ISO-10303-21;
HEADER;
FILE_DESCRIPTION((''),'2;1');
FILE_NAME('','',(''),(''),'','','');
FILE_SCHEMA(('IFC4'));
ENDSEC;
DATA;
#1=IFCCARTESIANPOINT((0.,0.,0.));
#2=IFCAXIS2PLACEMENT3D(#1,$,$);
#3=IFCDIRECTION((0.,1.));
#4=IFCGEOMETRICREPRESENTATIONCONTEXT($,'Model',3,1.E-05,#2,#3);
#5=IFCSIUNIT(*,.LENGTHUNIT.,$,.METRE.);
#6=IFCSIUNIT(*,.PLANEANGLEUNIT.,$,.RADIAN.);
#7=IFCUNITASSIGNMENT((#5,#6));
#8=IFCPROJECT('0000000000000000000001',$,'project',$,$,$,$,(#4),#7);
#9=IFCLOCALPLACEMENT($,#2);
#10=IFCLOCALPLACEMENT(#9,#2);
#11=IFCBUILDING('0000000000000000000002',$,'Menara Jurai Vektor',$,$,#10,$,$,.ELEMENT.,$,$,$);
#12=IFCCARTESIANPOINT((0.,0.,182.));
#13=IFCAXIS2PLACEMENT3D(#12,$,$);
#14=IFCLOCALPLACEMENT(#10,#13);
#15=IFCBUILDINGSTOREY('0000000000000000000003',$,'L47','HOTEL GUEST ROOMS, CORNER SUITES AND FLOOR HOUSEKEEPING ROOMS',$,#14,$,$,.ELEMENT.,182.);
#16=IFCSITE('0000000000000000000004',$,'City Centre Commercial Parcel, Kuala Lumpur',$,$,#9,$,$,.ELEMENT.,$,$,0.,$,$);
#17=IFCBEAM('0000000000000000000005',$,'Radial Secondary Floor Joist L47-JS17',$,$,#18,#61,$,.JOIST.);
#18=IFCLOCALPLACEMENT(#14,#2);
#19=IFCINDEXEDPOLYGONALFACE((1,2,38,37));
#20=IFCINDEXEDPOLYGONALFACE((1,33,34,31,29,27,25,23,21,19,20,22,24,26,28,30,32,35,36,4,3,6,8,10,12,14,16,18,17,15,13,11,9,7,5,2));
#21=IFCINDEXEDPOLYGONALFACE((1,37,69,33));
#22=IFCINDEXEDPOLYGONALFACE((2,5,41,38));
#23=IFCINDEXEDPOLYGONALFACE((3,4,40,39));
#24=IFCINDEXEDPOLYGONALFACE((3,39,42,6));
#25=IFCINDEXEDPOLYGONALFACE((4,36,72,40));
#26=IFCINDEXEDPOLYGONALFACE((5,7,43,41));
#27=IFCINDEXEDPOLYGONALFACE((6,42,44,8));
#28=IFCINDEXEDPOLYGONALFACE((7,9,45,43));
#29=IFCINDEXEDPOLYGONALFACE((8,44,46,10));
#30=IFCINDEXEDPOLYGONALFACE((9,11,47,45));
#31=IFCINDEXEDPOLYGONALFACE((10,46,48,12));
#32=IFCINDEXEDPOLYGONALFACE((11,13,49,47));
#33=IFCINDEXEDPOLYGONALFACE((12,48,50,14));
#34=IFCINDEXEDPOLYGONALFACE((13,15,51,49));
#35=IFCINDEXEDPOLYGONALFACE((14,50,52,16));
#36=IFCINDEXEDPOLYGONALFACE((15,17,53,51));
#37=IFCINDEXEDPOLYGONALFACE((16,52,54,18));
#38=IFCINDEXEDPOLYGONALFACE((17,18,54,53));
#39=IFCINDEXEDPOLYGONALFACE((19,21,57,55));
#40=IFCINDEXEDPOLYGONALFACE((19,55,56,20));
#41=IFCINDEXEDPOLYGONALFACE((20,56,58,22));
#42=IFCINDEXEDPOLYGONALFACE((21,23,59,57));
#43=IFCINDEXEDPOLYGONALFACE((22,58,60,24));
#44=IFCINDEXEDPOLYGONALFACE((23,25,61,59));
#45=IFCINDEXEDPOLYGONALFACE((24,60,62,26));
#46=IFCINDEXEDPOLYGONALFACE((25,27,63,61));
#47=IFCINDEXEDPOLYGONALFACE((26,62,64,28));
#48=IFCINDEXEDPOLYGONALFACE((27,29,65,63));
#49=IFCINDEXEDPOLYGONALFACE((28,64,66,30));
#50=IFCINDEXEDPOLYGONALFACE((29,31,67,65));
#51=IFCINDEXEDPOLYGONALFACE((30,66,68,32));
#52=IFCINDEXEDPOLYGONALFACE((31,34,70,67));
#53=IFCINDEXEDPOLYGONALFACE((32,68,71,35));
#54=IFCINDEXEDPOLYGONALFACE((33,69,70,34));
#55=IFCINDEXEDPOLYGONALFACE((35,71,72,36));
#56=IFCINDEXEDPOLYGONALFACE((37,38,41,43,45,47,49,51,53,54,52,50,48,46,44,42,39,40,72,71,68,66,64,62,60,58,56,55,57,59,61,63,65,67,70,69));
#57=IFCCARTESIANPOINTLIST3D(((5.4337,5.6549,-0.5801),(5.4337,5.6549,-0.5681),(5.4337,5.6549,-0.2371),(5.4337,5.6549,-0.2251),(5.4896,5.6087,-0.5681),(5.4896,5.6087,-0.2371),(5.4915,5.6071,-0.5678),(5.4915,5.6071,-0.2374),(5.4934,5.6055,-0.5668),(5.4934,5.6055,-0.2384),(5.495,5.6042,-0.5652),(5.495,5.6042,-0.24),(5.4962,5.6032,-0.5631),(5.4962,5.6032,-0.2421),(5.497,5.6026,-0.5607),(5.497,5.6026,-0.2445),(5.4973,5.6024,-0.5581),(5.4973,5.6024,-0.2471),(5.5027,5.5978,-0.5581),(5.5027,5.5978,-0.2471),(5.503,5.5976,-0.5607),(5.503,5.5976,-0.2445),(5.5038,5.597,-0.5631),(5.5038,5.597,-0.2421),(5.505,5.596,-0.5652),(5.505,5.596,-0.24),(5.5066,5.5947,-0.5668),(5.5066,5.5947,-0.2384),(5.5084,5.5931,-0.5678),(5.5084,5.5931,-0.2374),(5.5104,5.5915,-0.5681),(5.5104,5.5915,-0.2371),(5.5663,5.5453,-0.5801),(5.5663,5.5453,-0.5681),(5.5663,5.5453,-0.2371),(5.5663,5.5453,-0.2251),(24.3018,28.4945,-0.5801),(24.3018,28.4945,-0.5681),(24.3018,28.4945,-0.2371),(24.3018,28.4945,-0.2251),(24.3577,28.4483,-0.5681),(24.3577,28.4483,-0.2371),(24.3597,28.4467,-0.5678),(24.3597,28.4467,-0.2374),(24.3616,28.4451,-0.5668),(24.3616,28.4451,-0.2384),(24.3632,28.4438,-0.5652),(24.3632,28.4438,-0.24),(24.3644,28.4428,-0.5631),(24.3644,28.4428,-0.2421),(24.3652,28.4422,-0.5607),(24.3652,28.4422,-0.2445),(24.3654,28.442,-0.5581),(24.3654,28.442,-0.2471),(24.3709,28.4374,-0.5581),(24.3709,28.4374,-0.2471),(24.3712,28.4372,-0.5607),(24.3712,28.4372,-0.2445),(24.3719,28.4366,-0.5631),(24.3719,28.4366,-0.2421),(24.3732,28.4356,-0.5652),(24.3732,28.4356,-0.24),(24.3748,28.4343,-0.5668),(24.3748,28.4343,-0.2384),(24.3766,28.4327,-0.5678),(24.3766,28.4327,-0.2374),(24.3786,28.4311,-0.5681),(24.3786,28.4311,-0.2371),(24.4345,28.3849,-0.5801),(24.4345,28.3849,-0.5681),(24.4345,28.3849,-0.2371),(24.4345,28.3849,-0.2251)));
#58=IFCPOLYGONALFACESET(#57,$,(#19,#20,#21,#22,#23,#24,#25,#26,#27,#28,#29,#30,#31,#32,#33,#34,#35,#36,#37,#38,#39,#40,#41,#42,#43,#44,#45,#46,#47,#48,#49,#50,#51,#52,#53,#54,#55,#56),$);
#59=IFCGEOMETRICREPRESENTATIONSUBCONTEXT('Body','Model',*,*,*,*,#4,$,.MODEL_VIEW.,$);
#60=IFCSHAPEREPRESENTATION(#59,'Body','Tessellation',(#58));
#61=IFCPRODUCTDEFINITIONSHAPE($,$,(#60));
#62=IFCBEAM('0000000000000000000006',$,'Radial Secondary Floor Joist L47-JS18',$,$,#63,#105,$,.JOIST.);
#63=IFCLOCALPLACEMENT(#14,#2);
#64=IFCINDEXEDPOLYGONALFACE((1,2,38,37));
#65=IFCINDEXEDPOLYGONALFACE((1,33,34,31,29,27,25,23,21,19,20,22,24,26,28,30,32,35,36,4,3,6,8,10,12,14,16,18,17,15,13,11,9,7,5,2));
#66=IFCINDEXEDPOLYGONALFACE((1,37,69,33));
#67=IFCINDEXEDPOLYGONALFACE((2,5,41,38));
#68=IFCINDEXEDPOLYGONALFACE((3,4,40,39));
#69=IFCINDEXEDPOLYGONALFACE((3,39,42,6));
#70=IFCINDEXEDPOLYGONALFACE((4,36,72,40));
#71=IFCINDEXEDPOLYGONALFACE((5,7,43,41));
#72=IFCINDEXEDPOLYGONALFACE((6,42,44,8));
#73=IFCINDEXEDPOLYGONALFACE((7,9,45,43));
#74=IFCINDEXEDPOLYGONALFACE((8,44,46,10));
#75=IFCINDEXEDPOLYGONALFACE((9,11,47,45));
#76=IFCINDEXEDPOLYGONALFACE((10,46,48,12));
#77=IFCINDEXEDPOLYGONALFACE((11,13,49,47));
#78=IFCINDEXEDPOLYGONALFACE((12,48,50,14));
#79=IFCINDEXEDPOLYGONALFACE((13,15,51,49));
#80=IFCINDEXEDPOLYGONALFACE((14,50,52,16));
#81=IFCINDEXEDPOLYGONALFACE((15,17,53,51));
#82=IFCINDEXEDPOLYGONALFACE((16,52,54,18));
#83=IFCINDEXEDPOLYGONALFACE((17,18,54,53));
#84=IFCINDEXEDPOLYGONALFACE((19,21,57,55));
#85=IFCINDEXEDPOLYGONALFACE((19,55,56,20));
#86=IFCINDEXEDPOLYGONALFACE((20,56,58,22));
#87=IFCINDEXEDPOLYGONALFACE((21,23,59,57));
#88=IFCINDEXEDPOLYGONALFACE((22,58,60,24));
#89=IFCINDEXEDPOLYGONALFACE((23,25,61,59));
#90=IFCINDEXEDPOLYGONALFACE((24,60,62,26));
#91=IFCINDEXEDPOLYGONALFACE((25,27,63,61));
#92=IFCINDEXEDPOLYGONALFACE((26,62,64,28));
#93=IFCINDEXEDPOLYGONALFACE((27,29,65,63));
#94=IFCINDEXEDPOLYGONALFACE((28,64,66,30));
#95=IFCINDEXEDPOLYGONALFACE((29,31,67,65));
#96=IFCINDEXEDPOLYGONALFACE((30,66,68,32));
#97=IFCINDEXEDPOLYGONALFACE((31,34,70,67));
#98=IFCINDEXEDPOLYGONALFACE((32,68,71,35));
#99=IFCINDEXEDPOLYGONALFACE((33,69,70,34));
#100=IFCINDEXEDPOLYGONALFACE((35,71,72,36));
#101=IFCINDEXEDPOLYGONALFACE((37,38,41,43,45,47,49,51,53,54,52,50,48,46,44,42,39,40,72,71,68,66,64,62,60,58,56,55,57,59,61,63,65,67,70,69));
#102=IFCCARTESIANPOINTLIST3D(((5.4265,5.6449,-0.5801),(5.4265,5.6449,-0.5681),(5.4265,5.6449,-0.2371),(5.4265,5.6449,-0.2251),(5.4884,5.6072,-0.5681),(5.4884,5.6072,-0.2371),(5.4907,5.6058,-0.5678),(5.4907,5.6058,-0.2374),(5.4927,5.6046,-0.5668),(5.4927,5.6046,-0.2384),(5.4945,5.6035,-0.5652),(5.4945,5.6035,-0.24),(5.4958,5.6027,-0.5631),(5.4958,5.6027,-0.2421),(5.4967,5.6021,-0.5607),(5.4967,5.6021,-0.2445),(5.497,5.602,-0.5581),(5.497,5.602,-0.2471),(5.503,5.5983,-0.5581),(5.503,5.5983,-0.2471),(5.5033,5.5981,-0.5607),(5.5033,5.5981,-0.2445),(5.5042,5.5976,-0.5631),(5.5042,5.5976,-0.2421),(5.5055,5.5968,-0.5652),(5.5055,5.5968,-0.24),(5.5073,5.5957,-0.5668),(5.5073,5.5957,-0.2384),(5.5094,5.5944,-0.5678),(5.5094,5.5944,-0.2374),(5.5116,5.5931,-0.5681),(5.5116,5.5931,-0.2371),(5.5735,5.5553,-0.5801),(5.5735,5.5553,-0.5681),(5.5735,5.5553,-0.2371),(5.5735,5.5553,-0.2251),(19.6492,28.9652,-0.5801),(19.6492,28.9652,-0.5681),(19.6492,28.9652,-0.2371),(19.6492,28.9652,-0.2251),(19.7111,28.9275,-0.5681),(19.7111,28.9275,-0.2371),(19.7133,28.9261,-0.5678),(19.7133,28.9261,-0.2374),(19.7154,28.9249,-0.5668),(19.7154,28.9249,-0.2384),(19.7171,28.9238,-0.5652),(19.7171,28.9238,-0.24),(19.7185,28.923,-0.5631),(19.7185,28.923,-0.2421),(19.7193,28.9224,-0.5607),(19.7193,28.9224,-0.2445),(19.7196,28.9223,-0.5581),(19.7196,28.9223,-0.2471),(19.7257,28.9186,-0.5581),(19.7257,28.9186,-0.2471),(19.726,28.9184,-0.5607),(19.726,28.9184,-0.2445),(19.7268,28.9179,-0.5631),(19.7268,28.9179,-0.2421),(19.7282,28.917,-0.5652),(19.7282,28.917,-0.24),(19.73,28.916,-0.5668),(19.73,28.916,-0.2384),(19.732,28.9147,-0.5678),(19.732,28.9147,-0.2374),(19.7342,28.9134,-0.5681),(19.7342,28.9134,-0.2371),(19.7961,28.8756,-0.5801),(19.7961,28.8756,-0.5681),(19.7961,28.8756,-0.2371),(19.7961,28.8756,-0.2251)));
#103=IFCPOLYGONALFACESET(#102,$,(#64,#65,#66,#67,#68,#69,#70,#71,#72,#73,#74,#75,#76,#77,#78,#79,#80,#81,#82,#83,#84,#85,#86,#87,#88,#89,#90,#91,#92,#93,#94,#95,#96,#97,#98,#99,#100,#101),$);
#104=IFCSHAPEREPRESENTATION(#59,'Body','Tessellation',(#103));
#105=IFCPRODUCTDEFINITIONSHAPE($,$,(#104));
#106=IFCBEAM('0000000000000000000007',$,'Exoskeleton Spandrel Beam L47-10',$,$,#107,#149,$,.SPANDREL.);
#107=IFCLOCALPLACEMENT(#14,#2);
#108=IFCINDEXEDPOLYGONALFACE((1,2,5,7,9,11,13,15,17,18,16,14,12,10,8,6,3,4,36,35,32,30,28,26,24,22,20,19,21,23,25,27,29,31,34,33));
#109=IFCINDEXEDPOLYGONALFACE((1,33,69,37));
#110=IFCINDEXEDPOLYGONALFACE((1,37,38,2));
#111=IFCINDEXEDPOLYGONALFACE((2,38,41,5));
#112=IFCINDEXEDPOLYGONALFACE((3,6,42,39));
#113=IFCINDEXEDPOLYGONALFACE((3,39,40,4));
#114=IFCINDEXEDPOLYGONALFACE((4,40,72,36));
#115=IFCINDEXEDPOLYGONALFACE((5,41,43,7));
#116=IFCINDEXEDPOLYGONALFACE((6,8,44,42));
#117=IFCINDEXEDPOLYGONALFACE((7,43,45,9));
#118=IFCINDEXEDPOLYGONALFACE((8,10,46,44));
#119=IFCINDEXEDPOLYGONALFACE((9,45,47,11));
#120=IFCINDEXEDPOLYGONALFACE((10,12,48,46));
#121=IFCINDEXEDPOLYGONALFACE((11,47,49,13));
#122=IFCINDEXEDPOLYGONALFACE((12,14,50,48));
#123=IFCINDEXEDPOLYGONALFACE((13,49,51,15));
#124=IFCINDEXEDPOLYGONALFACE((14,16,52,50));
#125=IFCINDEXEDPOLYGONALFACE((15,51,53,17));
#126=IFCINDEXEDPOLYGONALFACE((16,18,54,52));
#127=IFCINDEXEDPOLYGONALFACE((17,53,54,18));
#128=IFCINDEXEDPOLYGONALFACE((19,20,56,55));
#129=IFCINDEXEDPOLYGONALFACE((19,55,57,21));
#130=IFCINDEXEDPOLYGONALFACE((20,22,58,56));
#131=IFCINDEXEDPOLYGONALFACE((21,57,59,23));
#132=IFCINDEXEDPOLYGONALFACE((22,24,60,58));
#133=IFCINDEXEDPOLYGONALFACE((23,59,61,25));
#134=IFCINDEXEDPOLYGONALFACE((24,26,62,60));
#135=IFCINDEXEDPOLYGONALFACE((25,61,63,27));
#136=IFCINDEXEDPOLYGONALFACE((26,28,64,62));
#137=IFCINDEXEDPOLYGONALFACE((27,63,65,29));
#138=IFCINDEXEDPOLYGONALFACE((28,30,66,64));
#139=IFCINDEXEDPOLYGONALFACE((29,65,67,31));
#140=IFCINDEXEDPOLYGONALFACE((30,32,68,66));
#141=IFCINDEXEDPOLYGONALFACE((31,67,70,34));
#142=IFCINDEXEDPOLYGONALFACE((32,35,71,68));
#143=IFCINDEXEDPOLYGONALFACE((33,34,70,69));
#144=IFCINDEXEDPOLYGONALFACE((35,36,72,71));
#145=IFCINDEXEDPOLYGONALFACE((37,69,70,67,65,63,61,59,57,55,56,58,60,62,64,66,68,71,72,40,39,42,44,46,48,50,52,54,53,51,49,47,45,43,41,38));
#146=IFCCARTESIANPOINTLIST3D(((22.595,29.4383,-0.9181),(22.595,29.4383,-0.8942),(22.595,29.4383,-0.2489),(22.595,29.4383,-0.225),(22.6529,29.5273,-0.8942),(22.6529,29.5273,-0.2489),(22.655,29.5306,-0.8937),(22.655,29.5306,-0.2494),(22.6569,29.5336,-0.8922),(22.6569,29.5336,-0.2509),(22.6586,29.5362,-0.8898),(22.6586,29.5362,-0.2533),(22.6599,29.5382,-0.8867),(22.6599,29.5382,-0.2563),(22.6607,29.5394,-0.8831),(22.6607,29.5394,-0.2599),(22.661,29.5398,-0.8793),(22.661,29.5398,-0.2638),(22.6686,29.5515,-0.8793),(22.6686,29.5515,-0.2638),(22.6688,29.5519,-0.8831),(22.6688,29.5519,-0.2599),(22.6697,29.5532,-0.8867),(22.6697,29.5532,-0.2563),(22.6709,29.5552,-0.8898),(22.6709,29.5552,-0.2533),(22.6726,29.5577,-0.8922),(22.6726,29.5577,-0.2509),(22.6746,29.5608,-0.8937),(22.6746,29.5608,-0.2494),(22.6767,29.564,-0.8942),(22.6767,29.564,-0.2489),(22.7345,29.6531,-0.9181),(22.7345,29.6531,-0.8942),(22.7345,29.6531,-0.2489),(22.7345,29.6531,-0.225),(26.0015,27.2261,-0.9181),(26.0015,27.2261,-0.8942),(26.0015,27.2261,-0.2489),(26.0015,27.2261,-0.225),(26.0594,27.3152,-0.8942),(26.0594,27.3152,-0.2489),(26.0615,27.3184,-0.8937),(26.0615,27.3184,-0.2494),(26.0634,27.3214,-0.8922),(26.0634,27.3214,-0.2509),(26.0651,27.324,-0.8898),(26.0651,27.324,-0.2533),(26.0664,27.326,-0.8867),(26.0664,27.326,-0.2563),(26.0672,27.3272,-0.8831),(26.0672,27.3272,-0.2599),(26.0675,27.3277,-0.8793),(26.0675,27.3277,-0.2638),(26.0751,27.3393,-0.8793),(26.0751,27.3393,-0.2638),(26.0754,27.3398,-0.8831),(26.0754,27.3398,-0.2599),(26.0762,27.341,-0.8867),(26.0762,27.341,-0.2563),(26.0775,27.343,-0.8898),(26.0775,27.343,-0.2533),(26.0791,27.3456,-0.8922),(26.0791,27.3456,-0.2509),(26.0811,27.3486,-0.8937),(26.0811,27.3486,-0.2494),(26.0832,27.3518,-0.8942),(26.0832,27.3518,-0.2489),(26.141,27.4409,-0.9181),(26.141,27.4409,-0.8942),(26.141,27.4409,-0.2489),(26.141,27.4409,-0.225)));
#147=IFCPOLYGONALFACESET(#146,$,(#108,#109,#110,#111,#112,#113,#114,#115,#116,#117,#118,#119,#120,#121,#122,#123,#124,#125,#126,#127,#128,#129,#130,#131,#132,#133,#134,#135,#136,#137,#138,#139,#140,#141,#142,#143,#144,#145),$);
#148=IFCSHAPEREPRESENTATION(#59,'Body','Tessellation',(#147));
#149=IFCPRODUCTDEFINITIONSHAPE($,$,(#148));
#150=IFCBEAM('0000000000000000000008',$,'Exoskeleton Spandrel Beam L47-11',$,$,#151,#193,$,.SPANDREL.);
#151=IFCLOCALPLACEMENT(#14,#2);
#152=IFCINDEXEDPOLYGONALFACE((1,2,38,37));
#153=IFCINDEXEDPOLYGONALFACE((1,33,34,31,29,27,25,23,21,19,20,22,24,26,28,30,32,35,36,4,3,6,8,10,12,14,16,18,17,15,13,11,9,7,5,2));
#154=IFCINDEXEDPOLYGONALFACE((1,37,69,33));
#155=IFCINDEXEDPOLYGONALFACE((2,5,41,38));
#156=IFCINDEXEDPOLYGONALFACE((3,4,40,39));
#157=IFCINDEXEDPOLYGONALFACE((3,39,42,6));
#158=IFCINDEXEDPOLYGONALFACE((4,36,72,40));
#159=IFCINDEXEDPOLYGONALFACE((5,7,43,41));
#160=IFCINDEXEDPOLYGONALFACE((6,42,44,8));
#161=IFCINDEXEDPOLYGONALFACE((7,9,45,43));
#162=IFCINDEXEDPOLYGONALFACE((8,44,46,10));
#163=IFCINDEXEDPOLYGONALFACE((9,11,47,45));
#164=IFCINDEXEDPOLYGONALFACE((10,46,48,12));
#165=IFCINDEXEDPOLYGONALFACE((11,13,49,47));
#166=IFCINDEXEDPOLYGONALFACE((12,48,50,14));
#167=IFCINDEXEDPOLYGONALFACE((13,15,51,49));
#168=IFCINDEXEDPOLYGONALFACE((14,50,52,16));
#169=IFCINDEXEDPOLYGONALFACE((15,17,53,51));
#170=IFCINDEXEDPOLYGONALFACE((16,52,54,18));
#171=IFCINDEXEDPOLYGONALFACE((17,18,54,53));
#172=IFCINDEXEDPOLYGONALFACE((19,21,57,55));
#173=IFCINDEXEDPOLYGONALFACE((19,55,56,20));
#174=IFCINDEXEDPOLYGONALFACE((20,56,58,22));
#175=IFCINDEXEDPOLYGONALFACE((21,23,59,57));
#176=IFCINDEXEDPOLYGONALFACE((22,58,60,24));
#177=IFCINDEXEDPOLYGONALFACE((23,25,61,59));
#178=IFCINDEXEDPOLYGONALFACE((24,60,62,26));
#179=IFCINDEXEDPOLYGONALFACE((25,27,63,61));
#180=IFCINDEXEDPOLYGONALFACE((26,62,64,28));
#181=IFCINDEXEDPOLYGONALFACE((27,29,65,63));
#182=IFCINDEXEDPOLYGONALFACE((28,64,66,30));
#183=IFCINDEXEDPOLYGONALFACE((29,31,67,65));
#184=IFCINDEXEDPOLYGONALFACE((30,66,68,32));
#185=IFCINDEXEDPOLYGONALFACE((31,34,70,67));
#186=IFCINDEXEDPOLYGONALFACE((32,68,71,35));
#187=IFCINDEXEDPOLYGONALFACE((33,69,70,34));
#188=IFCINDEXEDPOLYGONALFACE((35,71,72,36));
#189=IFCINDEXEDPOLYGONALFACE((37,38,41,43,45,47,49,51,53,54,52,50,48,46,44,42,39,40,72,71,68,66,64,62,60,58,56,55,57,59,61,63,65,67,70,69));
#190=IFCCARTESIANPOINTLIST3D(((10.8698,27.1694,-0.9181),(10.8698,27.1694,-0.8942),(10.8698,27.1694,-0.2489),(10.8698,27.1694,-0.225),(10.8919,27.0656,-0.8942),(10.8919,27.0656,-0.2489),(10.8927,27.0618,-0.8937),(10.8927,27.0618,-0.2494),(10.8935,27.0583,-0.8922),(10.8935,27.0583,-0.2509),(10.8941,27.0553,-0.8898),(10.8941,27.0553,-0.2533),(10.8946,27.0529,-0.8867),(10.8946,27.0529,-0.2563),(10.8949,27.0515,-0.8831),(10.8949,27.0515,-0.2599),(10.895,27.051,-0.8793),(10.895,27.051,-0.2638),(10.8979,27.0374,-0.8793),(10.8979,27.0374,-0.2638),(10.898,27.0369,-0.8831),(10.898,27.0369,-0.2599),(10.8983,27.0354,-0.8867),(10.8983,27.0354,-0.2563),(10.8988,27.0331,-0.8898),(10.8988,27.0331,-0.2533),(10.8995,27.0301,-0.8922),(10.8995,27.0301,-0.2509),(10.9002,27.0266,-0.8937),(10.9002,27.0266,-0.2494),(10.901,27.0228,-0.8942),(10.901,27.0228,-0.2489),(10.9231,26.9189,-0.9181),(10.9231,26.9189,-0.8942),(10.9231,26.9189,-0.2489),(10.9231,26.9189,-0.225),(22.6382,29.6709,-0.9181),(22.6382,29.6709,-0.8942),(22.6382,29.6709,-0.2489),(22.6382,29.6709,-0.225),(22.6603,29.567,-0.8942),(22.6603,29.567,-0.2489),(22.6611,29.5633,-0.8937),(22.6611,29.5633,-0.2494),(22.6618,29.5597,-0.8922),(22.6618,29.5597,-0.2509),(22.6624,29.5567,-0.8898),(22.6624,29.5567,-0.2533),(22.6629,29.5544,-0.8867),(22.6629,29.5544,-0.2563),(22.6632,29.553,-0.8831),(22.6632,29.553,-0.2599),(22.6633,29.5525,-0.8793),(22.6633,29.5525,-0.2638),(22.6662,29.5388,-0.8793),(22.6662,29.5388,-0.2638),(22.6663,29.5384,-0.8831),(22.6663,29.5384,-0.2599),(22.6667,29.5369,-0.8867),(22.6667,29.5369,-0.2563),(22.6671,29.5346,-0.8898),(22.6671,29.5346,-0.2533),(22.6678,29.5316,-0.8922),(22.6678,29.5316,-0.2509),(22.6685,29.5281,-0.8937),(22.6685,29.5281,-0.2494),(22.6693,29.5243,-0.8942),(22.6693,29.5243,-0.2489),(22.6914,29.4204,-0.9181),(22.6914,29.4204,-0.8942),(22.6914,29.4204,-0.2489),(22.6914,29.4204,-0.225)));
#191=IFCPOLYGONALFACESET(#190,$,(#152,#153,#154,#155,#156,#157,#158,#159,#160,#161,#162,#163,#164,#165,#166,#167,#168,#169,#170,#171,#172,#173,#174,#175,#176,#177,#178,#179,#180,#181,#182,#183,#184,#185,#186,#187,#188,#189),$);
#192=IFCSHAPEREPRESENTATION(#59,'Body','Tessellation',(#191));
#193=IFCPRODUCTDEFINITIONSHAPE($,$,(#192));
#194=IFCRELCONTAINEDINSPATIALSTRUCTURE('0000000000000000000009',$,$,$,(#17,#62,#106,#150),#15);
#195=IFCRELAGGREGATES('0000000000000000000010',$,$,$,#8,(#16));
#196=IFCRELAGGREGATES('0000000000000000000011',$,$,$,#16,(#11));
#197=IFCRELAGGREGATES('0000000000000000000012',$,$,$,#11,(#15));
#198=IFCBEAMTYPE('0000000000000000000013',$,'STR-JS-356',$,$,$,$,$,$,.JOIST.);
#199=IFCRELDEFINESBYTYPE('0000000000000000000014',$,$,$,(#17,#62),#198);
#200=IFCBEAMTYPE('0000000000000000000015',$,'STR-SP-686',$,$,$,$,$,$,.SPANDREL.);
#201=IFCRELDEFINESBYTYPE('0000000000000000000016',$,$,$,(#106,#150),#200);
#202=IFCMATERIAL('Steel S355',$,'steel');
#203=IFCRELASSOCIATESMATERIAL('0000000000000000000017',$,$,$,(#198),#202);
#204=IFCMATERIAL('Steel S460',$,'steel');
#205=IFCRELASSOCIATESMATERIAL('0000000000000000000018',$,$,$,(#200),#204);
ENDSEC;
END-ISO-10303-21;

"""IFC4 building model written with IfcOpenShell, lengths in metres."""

from ifc_helpers import new_model, si_unit, direction, frame, origin, origin_2d, place, context, subcontext, project, spatial, i_section, extrude, material, material_profile, profile_set, type_object, element, save


model = new_model("IFC4")

# Units and contexts
model_context = context("Model", 3, precision=1e-05, world=origin(), true_north=direction((0.0, 1.0)))
body_context = subcontext(model_context, "Body", "Model", "MODEL_VIEW")
ifc_project = project(units=[si_unit("LENGTHUNIT", "METRE"), si_unit("PLANEANGLEUNIT", "RADIAN")], contexts=[model_context])

# Site, building, storey
site_placement = place(None, origin())
site = spatial("IfcSite", under=ifc_project, at=site_placement, Name="City Centre Commercial Parcel, Kuala Lumpur", CompositionType="ELEMENT", RefElevation=0.0)
building_placement = place(site_placement, origin())
building = spatial("IfcBuilding", under=site, at=building_placement, Name="Menara Jurai Vektor", CompositionType="ELEMENT")
storey_placement = place(building_placement, frame((0.0, 0.0, 182.0)))
storey = spatial("IfcBuildingStorey", under=building, at=storey_placement, Name="L47", Description="HOTEL GUEST ROOMS, CORNER SUITES AND FLOOR HOUSEKEEPING ROOMS", CompositionType="ELEMENT", Elevation=182.0)

# Shared definitions
ifc_material_1 = material(Name="Steel S460", Category="steel")

# Shared definitions
ifc_material_2 = material(Name="Steel S355", Category="steel")

# Beams
ifc_material_profile_1 = material_profile(ifc_material_2, i_section(OverallWidth=0.1721, OverallDepth=0.355, WebThickness=0.0071, FlangeThickness=0.012, FilletRadius=0.01, at=origin_2d()), Name="UKB 356x171x51")
ifc_profile_set_1 = profile_set([ifc_material_profile_1], Name="Steel S355")
beam_type_1 = type_object("IfcBeamType", Name="STR-JS-356", PredefinedType="JOIST", material=ifc_profile_set_1)
beam_1_placement = place(storey_placement, frame((24.3682, 28.4397, -0.4026), z_axis=(-0.636895, -0.770951, 0.0), x_axis=(0.770951, -0.636895, 0.0)))
element("IfcBeam", 1, at=beam_1_placement, inside=storey, type_object=beam_type_1, Name="Radial Secondary Floor Joist L47-JS17", PredefinedType="JOIST", context=body_context, shape_type="SweptSolid", body=[
    extrude(i_section(OverallWidth=0.1721, OverallDepth=0.355, WebThickness=0.0071, FlangeThickness=0.012, FilletRadius=0.01, at=origin_2d()), origin(), (0.0, 0.0, 1.0), 29.6252),
])
beam_2_placement = place(storey_placement, frame((19.7227, 28.9204, -0.4026), z_axis=(-0.520686, -0.853748, 0.0), x_axis=(0.853748, -0.520686, 0.0)))
element("IfcBeam", 2, at=beam_2_placement, inside=storey, type_object=beam_type_1, Name="Radial Secondary Floor Joist L47-JS18", PredefinedType="JOIST", context=body_context, shape_type="SweptSolid", body=[
    extrude(i_section(OverallWidth=0.1721, OverallDepth=0.355, WebThickness=0.0071, FlangeThickness=0.012, FilletRadius=0.01, at=origin_2d()), origin(), (0.0, 0.0, 1.0), 27.3152),
])
ifc_material_profile_2 = material_profile(ifc_material_1, i_section(OverallWidth=0.2561, OverallDepth=0.6931, WebThickness=0.0139, FlangeThickness=0.0239, FilletRadius=0.0149, at=origin_2d()), Name="UKB 686x254x170")
ifc_profile_set_2 = profile_set([ifc_material_profile_2], Name="Steel S460")
beam_type_2 = type_object("IfcBeamType", Name="STR-SP-686", PredefinedType="SPANDREL", material=ifc_profile_set_2)
beam_3_placement = place(storey_placement, frame((26.0713, 27.3335, -0.5715), z_axis=(-0.838676, 0.544631, 0.0), x_axis=(-0.544631, -0.838676, 0.0)))
element("IfcBeam", 3, at=beam_3_placement, inside=storey, type_object=beam_type_2, Name="Exoskeleton Spandrel Beam L47-10", PredefinedType="SPANDREL", context=body_context, shape_type="SweptSolid", body=[
    extrude(i_section(OverallWidth=0.2561, OverallDepth=0.6931, WebThickness=0.0139, FlangeThickness=0.0239, FilletRadius=0.0149, at=origin_2d()), origin(), (0.0, 0.0, 1.0), 4.0618),
])
beam_4_placement = place(storey_placement, frame((22.6648, 29.5457, -0.5715), z_axis=(-0.978147, -0.207914, 0.0), x_axis=(0.207914, -0.978147, 0.0)))
element("IfcBeam", 4, at=beam_4_placement, inside=storey, type_object=beam_type_2, Name="Exoskeleton Spandrel Beam L47-11", PredefinedType="SPANDREL", context=body_context, shape_type="SweptSolid", body=[
    extrude(i_section(OverallWidth=0.2561, OverallDepth=0.6931, WebThickness=0.0139, FlangeThickness=0.0239, FilletRadius=0.0149, at=origin_2d()), origin(), (0.0, 0.0, 1.0), 12.0312),
])

save(model, "model.ifc")
